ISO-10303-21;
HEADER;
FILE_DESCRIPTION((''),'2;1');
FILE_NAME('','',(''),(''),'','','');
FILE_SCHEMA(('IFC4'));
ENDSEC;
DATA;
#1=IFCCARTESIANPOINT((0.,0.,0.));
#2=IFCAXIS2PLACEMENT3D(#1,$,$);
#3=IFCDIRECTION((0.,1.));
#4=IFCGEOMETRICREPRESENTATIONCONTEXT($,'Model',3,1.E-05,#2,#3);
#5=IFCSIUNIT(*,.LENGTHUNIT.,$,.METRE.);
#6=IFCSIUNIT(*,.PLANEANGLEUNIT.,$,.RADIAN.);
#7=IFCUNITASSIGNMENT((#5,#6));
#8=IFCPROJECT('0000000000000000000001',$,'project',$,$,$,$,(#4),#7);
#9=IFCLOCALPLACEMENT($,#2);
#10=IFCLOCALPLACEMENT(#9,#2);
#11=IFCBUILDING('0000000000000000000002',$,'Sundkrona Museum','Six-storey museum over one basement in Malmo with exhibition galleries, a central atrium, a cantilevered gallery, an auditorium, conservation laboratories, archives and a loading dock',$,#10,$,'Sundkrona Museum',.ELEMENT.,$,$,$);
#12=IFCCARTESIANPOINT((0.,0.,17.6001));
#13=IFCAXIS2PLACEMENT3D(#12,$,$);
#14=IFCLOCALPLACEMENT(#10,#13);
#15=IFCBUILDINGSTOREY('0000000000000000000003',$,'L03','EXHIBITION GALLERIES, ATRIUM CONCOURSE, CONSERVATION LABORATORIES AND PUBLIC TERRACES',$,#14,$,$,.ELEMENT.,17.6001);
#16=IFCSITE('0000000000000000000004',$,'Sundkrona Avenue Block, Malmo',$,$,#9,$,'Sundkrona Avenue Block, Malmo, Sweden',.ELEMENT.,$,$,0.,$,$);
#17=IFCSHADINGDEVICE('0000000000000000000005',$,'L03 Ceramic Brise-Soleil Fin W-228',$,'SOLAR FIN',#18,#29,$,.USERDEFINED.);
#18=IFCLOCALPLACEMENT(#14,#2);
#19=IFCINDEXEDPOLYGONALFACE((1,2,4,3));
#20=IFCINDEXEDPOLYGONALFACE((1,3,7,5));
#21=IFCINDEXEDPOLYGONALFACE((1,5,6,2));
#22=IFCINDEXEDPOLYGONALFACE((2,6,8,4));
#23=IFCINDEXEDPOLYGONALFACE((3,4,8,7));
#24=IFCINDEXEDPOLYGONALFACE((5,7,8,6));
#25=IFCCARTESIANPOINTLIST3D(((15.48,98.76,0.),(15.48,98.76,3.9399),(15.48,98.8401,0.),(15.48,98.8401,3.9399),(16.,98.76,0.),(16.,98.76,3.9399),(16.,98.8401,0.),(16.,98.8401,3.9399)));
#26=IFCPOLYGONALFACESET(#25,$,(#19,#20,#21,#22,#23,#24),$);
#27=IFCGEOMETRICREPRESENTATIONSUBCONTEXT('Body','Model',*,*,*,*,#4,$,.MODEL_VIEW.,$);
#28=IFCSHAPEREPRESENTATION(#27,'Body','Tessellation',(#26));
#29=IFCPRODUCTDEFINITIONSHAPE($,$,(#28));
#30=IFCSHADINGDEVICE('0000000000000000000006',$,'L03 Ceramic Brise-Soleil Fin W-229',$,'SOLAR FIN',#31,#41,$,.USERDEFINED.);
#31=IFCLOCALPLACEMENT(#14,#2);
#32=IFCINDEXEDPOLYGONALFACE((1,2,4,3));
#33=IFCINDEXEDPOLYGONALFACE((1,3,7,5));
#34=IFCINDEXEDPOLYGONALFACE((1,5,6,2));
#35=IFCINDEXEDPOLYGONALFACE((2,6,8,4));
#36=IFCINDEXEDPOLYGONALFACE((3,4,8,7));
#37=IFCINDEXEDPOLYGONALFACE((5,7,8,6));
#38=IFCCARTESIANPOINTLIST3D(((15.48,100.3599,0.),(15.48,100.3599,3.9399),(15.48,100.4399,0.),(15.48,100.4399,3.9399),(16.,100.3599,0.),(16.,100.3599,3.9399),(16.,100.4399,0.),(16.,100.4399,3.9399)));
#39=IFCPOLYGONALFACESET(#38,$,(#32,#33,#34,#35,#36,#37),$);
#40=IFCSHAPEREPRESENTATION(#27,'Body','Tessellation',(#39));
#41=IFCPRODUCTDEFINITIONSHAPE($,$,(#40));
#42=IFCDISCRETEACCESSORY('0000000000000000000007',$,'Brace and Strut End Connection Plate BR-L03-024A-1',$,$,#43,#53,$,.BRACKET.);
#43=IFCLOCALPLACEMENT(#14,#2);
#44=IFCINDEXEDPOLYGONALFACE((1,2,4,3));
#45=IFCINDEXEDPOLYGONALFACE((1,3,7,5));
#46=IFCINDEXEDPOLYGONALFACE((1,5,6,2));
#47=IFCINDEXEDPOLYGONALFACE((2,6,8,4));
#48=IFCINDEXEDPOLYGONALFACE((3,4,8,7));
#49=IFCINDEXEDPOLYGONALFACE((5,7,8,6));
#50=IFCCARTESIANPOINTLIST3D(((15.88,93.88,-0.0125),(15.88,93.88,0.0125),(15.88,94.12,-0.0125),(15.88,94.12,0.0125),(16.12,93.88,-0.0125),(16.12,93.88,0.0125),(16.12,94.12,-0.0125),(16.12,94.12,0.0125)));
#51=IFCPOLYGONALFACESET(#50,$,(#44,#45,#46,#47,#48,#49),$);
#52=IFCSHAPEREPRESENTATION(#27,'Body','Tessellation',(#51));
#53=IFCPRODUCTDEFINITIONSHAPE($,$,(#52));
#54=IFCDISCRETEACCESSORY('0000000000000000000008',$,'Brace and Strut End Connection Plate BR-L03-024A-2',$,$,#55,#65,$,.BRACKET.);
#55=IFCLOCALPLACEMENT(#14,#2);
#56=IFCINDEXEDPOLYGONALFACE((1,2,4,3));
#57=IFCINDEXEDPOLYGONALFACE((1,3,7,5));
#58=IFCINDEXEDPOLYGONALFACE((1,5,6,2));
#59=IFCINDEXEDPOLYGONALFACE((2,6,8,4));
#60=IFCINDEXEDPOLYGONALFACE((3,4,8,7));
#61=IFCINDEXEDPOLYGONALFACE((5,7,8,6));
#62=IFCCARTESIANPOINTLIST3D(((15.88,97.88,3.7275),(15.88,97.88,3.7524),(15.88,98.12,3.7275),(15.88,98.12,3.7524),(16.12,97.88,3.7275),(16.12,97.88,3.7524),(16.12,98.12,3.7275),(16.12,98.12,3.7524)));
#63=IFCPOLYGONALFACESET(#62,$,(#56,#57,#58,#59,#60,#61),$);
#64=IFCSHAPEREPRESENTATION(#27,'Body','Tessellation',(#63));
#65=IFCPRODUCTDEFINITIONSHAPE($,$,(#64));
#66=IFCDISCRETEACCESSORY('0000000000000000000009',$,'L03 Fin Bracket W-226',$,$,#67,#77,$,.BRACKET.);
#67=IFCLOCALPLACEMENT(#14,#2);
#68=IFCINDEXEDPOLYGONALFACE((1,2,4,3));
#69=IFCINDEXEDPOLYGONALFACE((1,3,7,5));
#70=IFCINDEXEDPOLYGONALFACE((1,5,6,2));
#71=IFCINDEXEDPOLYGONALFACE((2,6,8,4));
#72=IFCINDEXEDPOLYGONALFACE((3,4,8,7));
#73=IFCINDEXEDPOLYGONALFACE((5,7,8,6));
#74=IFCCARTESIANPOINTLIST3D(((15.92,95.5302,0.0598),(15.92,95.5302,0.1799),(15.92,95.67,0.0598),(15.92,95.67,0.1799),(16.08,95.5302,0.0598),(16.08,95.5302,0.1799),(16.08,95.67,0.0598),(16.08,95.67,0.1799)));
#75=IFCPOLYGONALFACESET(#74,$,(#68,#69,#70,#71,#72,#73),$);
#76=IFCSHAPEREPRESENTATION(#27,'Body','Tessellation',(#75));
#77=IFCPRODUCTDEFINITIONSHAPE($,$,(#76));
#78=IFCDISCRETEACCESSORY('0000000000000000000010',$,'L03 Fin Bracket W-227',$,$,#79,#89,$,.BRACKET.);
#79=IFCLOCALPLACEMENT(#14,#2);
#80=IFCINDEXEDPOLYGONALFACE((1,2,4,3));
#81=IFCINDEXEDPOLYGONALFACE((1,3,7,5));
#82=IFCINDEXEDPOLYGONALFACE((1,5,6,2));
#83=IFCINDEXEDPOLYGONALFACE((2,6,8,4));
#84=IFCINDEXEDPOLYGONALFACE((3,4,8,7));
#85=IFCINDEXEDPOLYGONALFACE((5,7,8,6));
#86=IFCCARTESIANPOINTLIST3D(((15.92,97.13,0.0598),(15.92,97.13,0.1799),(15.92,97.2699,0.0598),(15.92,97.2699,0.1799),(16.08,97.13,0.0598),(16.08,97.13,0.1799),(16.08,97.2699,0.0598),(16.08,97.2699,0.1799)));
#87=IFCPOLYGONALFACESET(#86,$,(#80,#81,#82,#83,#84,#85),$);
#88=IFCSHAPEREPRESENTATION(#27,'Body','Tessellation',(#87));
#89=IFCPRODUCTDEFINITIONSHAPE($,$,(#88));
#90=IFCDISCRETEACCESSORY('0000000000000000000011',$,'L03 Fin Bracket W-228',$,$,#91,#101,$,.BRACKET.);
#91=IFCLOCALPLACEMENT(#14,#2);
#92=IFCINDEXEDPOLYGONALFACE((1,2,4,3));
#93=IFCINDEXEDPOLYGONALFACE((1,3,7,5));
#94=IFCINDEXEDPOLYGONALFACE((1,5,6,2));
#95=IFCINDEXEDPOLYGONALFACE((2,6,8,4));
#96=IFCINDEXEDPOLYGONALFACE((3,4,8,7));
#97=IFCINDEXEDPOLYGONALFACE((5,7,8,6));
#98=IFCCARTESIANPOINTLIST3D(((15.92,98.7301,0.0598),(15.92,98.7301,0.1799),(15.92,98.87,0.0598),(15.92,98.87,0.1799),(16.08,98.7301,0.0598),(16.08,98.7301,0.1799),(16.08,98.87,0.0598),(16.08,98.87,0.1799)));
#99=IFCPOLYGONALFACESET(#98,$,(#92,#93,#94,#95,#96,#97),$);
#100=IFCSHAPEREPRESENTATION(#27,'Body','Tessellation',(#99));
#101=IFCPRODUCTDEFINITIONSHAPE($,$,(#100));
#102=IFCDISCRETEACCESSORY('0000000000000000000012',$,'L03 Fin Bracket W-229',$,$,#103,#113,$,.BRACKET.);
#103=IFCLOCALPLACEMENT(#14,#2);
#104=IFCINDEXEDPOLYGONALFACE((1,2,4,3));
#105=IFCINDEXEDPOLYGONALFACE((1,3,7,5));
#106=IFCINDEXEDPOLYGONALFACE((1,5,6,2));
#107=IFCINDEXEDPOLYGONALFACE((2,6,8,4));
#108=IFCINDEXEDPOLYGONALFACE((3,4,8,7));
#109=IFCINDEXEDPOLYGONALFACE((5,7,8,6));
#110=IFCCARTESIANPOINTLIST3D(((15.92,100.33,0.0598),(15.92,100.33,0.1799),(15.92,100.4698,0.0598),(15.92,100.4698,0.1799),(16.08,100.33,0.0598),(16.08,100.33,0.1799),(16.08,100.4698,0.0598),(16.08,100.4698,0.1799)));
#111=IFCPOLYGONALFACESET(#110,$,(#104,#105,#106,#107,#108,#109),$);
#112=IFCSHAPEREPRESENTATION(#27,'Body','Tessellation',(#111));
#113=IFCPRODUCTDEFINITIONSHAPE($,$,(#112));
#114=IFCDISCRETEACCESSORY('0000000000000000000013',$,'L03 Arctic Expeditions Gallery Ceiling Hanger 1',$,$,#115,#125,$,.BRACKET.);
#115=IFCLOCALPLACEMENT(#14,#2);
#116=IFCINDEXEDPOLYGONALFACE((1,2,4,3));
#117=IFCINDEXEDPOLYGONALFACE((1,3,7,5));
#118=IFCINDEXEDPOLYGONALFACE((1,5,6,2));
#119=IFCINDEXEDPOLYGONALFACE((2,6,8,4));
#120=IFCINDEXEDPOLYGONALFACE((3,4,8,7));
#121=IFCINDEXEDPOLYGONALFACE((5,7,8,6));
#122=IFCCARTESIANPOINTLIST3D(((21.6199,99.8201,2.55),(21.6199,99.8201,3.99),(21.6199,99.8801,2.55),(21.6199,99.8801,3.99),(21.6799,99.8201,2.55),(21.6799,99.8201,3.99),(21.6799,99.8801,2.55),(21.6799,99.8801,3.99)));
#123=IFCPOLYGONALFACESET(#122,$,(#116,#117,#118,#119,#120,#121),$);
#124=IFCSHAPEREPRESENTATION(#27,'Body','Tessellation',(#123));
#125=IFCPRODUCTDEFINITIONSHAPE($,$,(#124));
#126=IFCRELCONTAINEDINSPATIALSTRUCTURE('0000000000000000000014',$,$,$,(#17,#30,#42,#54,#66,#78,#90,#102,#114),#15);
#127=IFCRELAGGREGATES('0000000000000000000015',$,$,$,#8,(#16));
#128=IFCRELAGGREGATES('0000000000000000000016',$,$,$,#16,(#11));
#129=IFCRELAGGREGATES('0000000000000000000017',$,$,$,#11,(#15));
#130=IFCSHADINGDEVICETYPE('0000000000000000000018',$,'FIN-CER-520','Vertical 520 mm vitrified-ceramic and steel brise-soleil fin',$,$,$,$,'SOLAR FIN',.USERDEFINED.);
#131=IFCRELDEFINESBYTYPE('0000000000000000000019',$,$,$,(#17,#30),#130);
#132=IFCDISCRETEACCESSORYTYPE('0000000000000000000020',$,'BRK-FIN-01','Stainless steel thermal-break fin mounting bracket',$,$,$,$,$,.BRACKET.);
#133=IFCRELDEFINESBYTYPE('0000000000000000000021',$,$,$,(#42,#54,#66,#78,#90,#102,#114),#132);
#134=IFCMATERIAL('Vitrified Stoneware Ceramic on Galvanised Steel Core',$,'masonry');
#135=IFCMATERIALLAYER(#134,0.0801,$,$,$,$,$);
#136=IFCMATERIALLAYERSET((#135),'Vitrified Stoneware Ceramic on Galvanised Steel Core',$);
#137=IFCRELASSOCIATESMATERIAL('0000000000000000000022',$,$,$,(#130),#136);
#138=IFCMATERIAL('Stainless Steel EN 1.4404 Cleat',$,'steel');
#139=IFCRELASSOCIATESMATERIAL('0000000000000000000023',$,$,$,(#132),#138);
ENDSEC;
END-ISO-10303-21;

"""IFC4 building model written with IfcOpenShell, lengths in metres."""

from ifc_helpers import new_model, si_unit, direction, frame, origin, origin_2d, place, context, subcontext, project, spatial, rectangle, extrude, material, layer, layer_set, type_object, element, save


model = new_model("IFC4")

# Units and contexts
model_context = context("Model", 3, precision=1e-05, world=origin(), true_north=direction((0.0, 1.0)))
body_context = subcontext(model_context, "Body", "Model", "MODEL_VIEW")
ifc_project = project(units=[si_unit("LENGTHUNIT", "METRE"), si_unit("PLANEANGLEUNIT", "RADIAN")], contexts=[model_context])

# Site, building, storey
site_placement = place(None, origin())
site = spatial("IfcSite", under=ifc_project, at=site_placement, Name="Sundkrona Avenue Block, Malmo", LongName="Sundkrona Avenue Block, Malmo, Sweden", CompositionType="ELEMENT", RefElevation=0.0)
building_placement = place(site_placement, origin())
building = spatial("IfcBuilding", under=site, at=building_placement, Name="Sundkrona Museum", Description="Six-storey museum over one basement in Malmo with exhibition galleries, a central atrium, a cantilevered gallery, an auditorium, conservation laboratories, archives and a loading dock", LongName="Sundkrona Museum", CompositionType="ELEMENT")
storey_placement = place(building_placement, frame((0.0, 0.0, 17.6001)))
storey = spatial("IfcBuildingStorey", under=building, at=storey_placement, Name="L03", Description="EXHIBITION GALLERIES, ATRIUM CONCOURSE, CONSERVATION LABORATORIES AND PUBLIC TERRACES", CompositionType="ELEMENT", Elevation=17.6001)

# Shading devices
ifc_material_1 = material(Name="Vitrified Stoneware Ceramic on Galvanised Steel Core", Category="masonry")
ifc_layer_1 = layer(ifc_material_1, 0.0801)
ifc_layer_set_1 = layer_set([ifc_layer_1], Name="Vitrified Stoneware Ceramic on Galvanised Steel Core")
shading_device_type = type_object("IfcShadingDeviceType", Name="FIN-CER-520", Description="Vertical 520 mm vitrified-ceramic and steel brise-soleil fin", ElementType="SOLAR FIN", PredefinedType="USERDEFINED", material=ifc_layer_set_1)
for number, where, z_axis, x_axis, name in (
    (1, (15.74, 98.8, 0.0), (0.0, 0.0, 1.0), (1.0, 0.0, 0.0), "L03 Ceramic Brise-Soleil Fin W-228"),
    (2, (15.74, 100.3999, 0.0), (0.0, 0.0, 1.0), (1.0, 0.0, 0.0), "L03 Ceramic Brise-Soleil Fin W-229"),
):
    element("IfcShadingDevice", number, at=place(storey_placement, frame(where, z_axis=z_axis, x_axis=x_axis)), inside=storey, type_object=shading_device_type, Name=name, ObjectType="SOLAR FIN", PredefinedType="USERDEFINED", context=body_context, shape_type="SweptSolid", body=[
        extrude(rectangle(XDim=0.52, YDim=0.0801, at=origin_2d()), origin(), (0.0, 0.0, 1.0), 3.9399),
    ])

# Discrete accessories
ifc_material_2 = material(Name="Stainless Steel EN 1.4404 Cleat", Category="steel")
discrete_accessory_type = type_object("IfcDiscreteAccessoryType", Name="BRK-FIN-01", Description="Stainless steel thermal-break fin mounting bracket", PredefinedType="BRACKET", material=ifc_material_2)
for number, where, z_axis, x_axis, name in (
    (3, (16.0, 94.0, -0.0125), (0.0, 0.0, 1.0), (1.0, 0.0, 0.0), "Brace and Strut End Connection Plate BR-L03-024A-1"),
    (4, (16.0, 98.0, 3.7275), (0.0, 0.0, 1.0), (1.0, 0.0, 0.0), "Brace and Strut End Connection Plate BR-L03-024A-2"),
):
    element("IfcDiscreteAccessory", number, at=place(storey_placement, frame(where, z_axis=z_axis, x_axis=x_axis)), inside=storey, type_object=discrete_accessory_type, Name=name, PredefinedType="BRACKET", context=body_context, shape_type="SweptSolid", body=[
        extrude(rectangle(XDim=0.24, YDim=0.24, at=origin_2d()), origin(), (0.0, 0.0, 1.0), 0.0249),
    ])
for number, where, z_axis, x_axis, name in (
    (5, (16.0, 95.6001, 0.0598), (0.0, 0.0, 1.0), (1.0, 0.0, 0.0), "L03 Fin Bracket W-226"),
    (6, (16.0, 97.2, 0.0598), (0.0, 0.0, 1.0), (1.0, 0.0, 0.0), "L03 Fin Bracket W-227"),
    (7, (16.0, 98.8, 0.0598), (0.0, 0.0, 1.0), (1.0, 0.0, 0.0), "L03 Fin Bracket W-228"),
    (8, (16.0, 100.3999, 0.0598), (0.0, 0.0, 1.0), (1.0, 0.0, 0.0), "L03 Fin Bracket W-229"),
):
    element("IfcDiscreteAccessory", number, at=place(storey_placement, frame(where, z_axis=z_axis, x_axis=x_axis)), inside=storey, type_object=discrete_accessory_type, Name=name, PredefinedType="BRACKET", context=body_context, shape_type="SweptSolid", body=[
        extrude(rectangle(XDim=0.1599, YDim=0.1399, at=origin_2d()), origin(), (0.0, 0.0, 1.0), 0.1201),
    ])
discrete_accessory_placement = place(storey_placement, frame((21.6499, 99.8501, 2.55), z_axis=(0.0, 0.0, 1.0), x_axis=(1.0, 0.0, 0.0)))
element("IfcDiscreteAccessory", 9, at=discrete_accessory_placement, inside=storey, type_object=discrete_accessory_type, Name="L03 Arctic Expeditions Gallery Ceiling Hanger 1", PredefinedType="BRACKET", context=body_context, shape_type="SweptSolid", body=[
    extrude(rectangle(XDim=0.0601, YDim=0.0601, at=origin_2d()), origin(), (0.0, 0.0, 1.0), 1.4399),
])

save(model, "model.ifc")
